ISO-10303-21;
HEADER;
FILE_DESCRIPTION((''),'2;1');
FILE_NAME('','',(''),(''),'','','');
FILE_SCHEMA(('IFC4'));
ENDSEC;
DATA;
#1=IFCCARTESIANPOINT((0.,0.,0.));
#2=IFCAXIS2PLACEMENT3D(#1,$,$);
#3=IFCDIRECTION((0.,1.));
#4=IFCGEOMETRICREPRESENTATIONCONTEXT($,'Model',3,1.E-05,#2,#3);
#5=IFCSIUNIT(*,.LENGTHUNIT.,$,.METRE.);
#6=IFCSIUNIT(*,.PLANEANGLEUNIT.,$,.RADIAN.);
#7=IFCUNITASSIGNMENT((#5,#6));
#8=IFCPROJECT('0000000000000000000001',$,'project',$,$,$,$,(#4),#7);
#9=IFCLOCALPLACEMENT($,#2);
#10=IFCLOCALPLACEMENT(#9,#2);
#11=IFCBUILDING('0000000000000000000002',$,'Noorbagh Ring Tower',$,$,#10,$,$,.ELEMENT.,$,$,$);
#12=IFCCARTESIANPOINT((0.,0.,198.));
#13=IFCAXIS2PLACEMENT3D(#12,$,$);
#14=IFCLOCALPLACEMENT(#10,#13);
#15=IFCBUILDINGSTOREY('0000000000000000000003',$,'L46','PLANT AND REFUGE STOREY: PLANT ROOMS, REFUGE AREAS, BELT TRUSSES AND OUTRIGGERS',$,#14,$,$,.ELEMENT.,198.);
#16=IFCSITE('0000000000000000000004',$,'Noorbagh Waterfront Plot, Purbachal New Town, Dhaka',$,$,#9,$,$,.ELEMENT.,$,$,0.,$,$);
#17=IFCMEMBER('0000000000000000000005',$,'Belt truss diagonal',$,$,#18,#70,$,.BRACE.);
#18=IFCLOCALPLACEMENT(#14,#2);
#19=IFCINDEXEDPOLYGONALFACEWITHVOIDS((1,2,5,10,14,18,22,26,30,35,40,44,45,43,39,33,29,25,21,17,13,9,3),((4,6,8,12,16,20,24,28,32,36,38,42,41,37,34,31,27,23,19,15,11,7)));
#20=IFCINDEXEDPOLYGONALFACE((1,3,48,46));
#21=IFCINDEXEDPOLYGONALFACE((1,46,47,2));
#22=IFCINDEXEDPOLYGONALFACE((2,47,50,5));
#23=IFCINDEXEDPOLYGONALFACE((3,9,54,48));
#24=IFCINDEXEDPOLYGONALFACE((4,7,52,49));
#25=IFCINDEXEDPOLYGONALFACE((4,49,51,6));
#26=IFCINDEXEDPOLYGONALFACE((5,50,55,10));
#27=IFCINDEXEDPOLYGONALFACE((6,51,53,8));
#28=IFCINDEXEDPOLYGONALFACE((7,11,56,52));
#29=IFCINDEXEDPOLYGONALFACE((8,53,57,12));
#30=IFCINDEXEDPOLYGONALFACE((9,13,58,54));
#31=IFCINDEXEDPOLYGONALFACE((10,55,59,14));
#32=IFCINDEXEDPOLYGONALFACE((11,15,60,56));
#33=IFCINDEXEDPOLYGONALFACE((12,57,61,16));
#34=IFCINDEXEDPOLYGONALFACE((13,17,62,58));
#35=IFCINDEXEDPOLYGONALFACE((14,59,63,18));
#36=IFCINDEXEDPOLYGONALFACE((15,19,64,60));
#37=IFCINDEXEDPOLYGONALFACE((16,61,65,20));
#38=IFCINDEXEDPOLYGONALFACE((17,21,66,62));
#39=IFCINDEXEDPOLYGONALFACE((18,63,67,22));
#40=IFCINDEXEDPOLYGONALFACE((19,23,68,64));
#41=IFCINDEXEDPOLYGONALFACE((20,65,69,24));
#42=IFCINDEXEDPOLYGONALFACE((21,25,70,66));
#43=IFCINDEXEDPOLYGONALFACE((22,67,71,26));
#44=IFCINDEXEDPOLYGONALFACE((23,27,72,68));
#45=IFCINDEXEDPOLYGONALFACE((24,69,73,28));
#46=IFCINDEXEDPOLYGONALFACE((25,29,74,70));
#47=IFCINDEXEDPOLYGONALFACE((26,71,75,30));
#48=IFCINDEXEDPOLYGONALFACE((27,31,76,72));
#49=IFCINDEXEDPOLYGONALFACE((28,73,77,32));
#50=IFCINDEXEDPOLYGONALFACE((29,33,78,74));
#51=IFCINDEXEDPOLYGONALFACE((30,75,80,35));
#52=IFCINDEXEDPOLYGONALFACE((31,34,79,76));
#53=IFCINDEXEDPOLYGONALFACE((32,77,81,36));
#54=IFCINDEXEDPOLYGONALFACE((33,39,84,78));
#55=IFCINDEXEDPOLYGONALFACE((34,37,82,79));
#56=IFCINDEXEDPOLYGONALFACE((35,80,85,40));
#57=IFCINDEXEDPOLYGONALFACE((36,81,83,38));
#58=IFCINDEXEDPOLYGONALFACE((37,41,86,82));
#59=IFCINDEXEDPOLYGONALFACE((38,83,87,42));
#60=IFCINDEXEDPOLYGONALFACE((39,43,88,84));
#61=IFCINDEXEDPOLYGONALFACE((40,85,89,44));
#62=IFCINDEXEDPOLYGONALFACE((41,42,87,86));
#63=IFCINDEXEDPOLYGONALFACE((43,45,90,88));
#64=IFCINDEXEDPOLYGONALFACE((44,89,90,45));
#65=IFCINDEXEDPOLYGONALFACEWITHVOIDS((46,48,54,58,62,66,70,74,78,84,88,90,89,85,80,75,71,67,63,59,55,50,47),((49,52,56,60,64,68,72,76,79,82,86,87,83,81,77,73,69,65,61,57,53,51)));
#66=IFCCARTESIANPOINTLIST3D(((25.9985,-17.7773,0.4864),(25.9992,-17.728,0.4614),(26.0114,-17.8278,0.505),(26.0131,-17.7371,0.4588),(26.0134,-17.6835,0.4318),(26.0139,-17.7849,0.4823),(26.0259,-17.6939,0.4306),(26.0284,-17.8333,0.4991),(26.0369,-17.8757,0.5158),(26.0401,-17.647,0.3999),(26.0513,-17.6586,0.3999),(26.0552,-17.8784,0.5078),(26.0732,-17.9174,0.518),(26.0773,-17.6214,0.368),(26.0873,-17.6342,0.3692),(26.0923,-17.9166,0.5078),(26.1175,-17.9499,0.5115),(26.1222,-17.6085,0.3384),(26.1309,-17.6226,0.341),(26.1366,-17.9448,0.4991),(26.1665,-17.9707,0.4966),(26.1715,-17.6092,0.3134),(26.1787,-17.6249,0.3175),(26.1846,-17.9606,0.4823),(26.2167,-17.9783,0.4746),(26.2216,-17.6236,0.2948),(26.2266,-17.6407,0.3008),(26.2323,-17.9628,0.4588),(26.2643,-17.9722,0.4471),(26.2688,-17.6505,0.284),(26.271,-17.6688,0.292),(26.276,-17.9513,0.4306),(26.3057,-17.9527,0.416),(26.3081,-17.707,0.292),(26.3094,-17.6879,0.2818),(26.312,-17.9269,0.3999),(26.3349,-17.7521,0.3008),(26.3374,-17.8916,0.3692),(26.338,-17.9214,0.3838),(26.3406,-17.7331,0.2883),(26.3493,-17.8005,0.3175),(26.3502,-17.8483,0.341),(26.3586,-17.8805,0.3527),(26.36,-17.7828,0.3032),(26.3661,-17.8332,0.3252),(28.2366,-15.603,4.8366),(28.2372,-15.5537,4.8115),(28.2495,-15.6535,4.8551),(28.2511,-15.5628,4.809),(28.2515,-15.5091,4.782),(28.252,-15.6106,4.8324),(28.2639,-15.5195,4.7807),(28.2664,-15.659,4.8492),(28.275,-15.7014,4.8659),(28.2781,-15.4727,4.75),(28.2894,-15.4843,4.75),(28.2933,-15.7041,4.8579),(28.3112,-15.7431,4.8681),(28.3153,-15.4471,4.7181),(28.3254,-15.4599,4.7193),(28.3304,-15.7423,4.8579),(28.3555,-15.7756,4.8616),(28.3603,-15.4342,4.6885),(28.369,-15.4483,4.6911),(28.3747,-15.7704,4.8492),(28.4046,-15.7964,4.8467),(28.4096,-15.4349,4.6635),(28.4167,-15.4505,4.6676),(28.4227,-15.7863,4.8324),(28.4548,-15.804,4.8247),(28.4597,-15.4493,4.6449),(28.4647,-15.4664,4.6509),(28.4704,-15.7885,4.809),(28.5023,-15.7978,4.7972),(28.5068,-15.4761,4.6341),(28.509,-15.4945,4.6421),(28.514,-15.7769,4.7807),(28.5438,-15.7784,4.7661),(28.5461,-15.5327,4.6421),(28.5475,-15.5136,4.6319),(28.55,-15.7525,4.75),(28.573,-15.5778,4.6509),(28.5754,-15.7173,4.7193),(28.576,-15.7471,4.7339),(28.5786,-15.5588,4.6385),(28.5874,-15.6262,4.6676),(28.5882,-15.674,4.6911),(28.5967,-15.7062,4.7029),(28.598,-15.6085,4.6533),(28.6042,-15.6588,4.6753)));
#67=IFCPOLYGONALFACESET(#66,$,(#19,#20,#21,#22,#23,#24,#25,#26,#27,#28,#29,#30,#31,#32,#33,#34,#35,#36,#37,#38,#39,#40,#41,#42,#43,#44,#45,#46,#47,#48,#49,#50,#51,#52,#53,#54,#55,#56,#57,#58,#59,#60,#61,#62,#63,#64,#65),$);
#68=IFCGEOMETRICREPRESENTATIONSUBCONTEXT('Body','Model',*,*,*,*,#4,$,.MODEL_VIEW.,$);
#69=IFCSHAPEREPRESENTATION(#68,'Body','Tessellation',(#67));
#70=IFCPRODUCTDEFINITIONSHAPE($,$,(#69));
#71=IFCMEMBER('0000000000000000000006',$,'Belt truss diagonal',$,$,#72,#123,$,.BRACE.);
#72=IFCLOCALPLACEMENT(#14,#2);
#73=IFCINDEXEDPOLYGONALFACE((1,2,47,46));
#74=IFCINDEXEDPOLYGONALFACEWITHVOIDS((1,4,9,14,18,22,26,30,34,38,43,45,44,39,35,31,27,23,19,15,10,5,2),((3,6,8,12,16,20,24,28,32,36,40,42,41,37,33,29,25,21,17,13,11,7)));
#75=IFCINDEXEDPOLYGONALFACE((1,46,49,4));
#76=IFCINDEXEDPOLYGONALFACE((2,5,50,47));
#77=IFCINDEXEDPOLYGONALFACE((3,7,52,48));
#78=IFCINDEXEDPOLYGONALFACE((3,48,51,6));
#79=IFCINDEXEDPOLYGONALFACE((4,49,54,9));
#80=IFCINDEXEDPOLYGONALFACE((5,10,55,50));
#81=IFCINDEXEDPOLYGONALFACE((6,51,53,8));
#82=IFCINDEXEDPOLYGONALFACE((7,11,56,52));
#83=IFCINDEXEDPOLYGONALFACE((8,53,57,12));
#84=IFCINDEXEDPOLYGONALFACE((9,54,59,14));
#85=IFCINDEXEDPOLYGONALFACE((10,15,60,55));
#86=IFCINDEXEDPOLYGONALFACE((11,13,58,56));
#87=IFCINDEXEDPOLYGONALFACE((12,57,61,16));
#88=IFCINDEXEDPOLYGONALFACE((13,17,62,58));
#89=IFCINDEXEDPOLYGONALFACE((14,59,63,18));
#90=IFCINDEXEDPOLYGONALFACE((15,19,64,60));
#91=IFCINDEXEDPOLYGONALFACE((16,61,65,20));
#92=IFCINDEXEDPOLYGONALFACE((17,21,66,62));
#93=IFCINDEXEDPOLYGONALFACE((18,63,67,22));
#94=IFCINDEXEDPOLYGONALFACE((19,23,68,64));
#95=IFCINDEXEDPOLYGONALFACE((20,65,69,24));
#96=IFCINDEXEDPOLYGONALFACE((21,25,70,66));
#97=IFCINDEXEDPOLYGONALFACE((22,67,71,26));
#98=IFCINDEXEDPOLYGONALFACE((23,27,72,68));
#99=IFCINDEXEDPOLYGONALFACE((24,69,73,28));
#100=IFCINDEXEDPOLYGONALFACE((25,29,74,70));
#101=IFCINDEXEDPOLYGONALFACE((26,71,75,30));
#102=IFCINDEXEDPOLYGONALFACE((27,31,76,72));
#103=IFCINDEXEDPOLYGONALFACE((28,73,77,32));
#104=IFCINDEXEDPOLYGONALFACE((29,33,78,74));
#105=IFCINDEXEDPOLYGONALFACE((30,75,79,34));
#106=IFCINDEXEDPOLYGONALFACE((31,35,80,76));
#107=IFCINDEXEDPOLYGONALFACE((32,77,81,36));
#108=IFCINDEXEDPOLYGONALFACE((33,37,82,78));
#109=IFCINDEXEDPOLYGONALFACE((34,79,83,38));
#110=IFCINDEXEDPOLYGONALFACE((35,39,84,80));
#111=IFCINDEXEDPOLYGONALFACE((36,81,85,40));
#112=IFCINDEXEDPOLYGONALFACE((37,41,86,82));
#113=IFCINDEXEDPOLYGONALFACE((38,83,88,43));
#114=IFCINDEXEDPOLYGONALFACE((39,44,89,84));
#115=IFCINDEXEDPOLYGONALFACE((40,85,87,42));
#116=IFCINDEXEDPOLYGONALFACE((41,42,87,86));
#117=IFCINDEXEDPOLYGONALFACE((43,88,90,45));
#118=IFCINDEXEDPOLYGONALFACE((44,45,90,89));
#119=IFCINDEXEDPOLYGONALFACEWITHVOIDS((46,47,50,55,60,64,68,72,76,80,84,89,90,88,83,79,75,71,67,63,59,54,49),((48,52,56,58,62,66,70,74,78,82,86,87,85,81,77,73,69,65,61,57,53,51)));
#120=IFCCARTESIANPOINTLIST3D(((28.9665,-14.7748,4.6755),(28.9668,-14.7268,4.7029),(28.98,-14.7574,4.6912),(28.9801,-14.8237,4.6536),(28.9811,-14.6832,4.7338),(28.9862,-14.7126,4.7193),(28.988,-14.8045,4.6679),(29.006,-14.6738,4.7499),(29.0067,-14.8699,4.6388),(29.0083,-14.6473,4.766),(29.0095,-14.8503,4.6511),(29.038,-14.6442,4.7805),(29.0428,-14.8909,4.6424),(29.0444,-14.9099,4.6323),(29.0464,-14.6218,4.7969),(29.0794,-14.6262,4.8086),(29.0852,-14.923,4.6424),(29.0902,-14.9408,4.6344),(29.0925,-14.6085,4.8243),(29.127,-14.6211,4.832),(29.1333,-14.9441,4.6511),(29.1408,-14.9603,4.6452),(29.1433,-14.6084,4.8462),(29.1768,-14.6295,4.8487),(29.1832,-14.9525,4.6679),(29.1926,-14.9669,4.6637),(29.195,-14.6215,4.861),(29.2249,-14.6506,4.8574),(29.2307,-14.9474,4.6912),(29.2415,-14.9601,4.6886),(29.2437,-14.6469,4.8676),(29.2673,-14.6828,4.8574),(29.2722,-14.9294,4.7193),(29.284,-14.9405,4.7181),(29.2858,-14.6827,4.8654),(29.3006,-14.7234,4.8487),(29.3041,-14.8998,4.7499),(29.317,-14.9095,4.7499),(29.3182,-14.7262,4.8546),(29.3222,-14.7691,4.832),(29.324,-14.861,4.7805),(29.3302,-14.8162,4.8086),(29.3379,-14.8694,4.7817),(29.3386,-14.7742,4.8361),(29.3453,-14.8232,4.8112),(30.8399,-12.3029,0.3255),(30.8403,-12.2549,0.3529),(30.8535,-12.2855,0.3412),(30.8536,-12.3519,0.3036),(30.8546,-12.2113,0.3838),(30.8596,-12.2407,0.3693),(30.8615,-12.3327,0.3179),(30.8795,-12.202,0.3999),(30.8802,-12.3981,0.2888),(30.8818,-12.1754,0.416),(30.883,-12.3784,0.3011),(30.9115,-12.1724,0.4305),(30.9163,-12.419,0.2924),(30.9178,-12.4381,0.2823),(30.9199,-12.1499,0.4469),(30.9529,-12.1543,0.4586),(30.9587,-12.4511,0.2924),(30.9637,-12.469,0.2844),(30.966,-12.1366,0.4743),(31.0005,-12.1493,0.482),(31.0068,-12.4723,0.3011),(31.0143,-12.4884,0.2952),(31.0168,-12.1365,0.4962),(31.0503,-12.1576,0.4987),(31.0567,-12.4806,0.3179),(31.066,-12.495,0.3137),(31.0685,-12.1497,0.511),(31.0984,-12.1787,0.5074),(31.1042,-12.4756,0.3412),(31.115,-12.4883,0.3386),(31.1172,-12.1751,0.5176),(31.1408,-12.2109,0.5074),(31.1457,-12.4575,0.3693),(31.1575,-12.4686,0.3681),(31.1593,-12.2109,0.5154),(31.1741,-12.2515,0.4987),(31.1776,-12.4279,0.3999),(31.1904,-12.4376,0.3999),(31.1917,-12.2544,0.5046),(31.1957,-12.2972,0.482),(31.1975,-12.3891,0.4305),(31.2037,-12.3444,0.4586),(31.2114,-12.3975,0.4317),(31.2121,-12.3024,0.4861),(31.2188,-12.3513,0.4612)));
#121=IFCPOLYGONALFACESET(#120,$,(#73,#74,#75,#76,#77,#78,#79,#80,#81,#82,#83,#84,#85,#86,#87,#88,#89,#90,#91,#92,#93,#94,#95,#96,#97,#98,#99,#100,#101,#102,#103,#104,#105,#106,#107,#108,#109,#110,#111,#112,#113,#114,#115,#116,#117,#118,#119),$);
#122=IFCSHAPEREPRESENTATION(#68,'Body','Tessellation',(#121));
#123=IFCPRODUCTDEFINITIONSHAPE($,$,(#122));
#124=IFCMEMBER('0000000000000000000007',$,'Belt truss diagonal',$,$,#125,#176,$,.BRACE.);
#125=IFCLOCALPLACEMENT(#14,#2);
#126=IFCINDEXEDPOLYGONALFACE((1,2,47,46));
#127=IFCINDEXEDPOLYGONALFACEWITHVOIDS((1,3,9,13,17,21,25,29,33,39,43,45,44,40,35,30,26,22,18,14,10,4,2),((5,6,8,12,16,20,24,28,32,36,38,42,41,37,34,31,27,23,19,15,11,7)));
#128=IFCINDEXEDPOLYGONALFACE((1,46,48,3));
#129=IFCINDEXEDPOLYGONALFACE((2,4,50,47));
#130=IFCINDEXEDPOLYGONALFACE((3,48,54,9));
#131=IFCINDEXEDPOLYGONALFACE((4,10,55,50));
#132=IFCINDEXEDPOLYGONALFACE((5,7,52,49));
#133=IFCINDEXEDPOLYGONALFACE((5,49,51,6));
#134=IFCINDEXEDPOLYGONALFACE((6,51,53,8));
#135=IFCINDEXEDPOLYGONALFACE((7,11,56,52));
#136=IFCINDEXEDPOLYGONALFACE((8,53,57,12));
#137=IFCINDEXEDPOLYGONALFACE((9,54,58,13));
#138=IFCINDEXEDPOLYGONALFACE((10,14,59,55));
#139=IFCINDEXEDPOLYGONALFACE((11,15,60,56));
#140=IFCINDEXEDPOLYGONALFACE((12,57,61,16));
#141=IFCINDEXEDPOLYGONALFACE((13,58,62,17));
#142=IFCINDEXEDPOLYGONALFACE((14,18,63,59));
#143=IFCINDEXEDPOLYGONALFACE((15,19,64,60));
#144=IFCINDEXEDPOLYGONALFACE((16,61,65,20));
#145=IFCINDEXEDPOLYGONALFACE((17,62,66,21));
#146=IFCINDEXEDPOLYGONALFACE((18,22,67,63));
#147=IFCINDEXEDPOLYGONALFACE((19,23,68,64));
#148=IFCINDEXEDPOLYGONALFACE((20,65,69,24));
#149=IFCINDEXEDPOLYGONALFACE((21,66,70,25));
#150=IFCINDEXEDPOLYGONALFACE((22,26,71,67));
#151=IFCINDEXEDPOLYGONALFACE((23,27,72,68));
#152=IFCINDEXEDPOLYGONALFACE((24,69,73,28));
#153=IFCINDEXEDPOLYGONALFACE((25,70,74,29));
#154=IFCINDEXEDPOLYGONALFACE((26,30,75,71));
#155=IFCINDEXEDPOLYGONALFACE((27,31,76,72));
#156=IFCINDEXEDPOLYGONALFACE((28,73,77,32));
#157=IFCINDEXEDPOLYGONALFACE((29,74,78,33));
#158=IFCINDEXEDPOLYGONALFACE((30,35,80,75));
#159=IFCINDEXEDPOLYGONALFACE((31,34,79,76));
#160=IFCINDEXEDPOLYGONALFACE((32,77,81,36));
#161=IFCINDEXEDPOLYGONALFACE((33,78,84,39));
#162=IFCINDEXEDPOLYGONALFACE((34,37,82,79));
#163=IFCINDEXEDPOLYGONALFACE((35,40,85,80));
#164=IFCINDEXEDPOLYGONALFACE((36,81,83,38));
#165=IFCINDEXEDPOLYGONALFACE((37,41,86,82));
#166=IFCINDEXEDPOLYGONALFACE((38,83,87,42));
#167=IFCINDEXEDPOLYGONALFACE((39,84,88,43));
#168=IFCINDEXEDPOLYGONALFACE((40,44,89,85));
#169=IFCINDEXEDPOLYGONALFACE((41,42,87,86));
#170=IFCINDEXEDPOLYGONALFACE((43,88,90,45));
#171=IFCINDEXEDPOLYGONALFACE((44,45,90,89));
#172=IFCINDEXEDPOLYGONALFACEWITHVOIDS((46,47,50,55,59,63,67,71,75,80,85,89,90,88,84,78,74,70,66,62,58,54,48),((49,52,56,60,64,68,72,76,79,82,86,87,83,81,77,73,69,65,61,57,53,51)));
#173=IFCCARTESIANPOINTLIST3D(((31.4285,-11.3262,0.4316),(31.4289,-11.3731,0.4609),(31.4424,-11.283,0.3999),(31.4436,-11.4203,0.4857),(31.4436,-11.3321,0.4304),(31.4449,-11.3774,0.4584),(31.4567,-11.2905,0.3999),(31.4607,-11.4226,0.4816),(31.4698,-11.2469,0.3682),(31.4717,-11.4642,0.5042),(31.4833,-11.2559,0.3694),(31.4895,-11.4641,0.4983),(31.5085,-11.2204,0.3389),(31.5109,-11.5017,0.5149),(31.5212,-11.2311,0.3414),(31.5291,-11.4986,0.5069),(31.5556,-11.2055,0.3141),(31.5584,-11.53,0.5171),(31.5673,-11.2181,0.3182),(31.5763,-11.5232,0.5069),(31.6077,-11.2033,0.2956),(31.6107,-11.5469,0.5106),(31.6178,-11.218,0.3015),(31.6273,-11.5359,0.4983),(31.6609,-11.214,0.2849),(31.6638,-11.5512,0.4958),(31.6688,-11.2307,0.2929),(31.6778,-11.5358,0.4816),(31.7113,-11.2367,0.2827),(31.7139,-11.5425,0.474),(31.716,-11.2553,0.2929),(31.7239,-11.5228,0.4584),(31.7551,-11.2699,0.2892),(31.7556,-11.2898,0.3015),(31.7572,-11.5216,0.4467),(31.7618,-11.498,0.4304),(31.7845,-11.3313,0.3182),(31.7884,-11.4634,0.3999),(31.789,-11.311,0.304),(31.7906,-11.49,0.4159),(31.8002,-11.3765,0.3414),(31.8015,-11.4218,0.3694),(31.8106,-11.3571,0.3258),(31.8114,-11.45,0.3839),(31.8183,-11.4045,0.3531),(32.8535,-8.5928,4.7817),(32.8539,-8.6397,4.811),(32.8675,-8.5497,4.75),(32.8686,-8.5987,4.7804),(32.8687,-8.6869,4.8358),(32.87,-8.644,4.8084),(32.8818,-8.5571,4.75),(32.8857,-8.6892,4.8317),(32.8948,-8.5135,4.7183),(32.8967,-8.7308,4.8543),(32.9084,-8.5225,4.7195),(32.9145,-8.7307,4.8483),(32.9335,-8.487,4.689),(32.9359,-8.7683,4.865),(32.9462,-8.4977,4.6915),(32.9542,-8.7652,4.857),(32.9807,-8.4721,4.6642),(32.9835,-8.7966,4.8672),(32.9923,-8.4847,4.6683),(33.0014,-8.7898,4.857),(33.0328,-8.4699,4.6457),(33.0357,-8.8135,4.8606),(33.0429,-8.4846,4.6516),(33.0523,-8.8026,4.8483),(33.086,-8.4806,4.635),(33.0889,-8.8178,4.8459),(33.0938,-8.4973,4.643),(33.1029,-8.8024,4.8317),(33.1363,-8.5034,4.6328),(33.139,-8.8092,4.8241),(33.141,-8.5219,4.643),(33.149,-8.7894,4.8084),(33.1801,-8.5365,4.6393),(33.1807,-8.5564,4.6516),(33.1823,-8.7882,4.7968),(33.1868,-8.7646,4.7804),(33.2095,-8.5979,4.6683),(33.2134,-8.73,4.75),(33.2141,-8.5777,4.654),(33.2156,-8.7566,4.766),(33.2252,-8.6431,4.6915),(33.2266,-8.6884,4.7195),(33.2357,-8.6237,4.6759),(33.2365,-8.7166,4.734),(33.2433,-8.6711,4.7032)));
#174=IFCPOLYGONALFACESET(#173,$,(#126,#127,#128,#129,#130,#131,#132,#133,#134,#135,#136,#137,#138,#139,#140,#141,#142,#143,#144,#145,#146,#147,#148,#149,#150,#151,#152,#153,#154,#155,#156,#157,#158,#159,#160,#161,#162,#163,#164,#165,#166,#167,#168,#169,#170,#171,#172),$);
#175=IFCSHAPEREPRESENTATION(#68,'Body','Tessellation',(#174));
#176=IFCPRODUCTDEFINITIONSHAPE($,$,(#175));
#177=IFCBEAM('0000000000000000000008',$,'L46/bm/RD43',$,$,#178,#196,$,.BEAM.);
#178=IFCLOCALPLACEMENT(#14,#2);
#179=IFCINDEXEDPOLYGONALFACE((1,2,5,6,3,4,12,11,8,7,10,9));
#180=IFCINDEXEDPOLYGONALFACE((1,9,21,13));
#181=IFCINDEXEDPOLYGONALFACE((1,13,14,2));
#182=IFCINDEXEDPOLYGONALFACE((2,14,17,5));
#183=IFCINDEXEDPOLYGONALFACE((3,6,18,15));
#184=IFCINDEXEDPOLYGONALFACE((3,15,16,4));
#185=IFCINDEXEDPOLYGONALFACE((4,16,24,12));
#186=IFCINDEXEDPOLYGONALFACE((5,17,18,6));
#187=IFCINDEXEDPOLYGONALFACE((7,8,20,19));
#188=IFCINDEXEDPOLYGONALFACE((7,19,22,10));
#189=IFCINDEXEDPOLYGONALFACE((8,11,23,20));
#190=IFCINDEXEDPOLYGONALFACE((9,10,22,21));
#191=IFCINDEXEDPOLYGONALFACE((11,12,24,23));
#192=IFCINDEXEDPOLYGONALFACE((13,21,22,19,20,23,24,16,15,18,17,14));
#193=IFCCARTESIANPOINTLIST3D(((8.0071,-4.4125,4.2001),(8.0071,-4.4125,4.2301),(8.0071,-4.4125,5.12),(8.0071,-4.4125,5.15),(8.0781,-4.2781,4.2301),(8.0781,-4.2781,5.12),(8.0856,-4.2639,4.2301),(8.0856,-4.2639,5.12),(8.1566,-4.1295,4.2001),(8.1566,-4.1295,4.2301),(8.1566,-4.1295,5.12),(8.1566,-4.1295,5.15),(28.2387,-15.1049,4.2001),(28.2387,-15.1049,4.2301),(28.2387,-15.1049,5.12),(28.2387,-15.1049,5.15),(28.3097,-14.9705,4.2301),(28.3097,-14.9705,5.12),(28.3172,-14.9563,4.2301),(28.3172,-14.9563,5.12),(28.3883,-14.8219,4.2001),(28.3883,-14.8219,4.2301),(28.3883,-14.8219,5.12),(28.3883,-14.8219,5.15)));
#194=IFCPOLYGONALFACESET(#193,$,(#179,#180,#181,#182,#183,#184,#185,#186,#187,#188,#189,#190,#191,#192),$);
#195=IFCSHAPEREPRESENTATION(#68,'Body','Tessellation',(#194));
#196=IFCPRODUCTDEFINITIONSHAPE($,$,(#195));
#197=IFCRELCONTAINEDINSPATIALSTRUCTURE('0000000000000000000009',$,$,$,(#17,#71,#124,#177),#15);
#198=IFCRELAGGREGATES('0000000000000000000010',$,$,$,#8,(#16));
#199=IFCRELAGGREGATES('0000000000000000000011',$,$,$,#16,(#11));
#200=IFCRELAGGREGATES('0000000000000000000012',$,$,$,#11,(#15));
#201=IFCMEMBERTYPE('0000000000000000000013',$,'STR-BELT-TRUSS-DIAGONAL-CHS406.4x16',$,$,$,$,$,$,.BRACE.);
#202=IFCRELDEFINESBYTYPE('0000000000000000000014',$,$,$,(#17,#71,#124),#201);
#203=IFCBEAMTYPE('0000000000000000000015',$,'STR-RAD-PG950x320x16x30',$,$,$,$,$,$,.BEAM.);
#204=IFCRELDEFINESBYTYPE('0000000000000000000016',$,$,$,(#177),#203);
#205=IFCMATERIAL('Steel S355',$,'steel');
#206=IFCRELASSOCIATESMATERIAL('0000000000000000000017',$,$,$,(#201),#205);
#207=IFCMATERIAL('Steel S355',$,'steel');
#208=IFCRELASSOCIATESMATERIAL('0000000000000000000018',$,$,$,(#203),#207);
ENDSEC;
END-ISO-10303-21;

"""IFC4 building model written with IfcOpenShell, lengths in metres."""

from ifc_helpers import new_model, si_unit, direction, frame, origin, origin_2d, place, context, subcontext, project, spatial, hollow_circle, i_section, extrude, material, material_profile, profile_set, type_object, element, save


model = new_model("IFC4")

# Units and contexts
model_context = context("Model", 3, precision=1e-05, world=origin(), true_north=direction((0.0, 1.0)))
body_context = subcontext(model_context, "Body", "Model", "MODEL_VIEW")
ifc_project = project(units=[si_unit("LENGTHUNIT", "METRE"), si_unit("PLANEANGLEUNIT", "RADIAN")], contexts=[model_context])

# Site, building, storey
site_placement = place(None, origin())
site = spatial("IfcSite", under=ifc_project, at=site_placement, Name="Noorbagh Waterfront Plot, Purbachal New Town, Dhaka", CompositionType="ELEMENT", RefElevation=0.0)
building_placement = place(site_placement, origin())
building = spatial("IfcBuilding", under=site, at=building_placement, Name="Noorbagh Ring Tower", CompositionType="ELEMENT")
storey_placement = place(building_placement, frame((0.0, 0.0, 198.0)))
storey = spatial("IfcBuildingStorey", under=building, at=storey_placement, Name="L46", Description="PLANT AND REFUGE STOREY: PLANT ROOMS, REFUGE AREAS, BELT TRUSSES AND OUTRIGGERS", CompositionType="ELEMENT", Elevation=198.0)

# Members
ifc_material_1 = material(Name="Steel S355", Category="steel")
ifc_material_profile_1 = material_profile(ifc_material_1, hollow_circle(Radius=0.2031, WallThickness=0.0161, at=origin_2d()), Name="CHS406.4x16")
ifc_profile_set_1 = profile_set([ifc_material_profile_1], Name="Steel S355")
member_type = type_object("IfcMemberType", Name="STR-BELT-TRUSS-DIAGONAL-CHS406.4x16", PredefinedType="BRACE", material=ifc_profile_set_1)
member_1_placement = place(storey_placement, frame((26.1816, -17.7927, 0.3999), z_axis=(0.418052, 0.40615, 0.812573), x_axis=(-0.696822, 0.717244, 0.0)))
element("IfcMember", 1, at=member_1_placement, inside=storey, type_object=member_type, Name="Belt truss diagonal", PredefinedType="BRACE", context=body_context, shape_type="SweptSolid", body=[
    extrude(hollow_circle(Radius=0.2031, WallThickness=0.0161, at=origin_2d()), origin(), (0.0, 0.0, 1.0), 5.3535),
])
member_2_placement = place(storey_placement, frame((31.0286, -12.3149, 0.3999), z_axis=(-0.350675, -0.462678, 0.814221), x_axis=(0.796958, -0.604035, 0.0)))
element("IfcMember", 2, at=member_2_placement, inside=storey, type_object=member_type, Name="Belt truss diagonal", PredefinedType="BRACE", context=body_context, shape_type="SweptSolid", body=[
    extrude(hollow_circle(Radius=0.2031, WallThickness=0.0161, at=origin_2d()), origin(), (0.0, 0.0, 1.0), 5.3425),
])
member_3_placement = place(storey_placement, frame((31.6226, -11.377, 0.3999), z_axis=(0.267285, 0.512682, 0.815914), x_axis=(-0.886727, 0.462293, 0.0)))
element("IfcMember", 3, at=member_3_placement, inside=storey, type_object=member_type, Name="Belt truss diagonal", PredefinedType="BRACE", context=body_context, shape_type="SweptSolid", body=[
    extrude(hollow_circle(Radius=0.2031, WallThickness=0.0161, at=origin_2d()), origin(), (0.0, 0.0, 1.0), 5.3315),
])

# Beam
ifc_material_2 = material(Name="Steel S355", Category="steel")
ifc_material_profile_2 = material_profile(ifc_material_2, i_section(OverallWidth=0.3201, OverallDepth=0.95, WebThickness=0.0161, FlangeThickness=0.03, at=origin_2d()), Name="PG950x320x16x30")
ifc_profile_set_2 = profile_set([ifc_material_profile_2], Name="Steel S355")
beam_type_1 = type_object("IfcBeamType", Name="STR-RAD-PG950x320x16x30", PredefinedType="BEAM", material=ifc_profile_set_2)
beam_placement = place(storey_placement, frame((28.3135, -14.9634, 4.675), z_axis=(-0.884122, 0.467256, 0.0), x_axis=(-0.467256, -0.884122, 0.0)))
element("IfcBeam", 4, at=beam_placement, inside=storey, type_object=beam_type_1, Name="L46/bm/RD43", PredefinedType="BEAM", context=body_context, shape_type="SweptSolid", body=[
    extrude(i_section(OverallWidth=0.3201, OverallDepth=0.95, WebThickness=0.0161, FlangeThickness=0.03, at=origin_2d()), origin(), (0.0, 0.0, 1.0), 22.8833),
])

save(model, "model.ifc")
